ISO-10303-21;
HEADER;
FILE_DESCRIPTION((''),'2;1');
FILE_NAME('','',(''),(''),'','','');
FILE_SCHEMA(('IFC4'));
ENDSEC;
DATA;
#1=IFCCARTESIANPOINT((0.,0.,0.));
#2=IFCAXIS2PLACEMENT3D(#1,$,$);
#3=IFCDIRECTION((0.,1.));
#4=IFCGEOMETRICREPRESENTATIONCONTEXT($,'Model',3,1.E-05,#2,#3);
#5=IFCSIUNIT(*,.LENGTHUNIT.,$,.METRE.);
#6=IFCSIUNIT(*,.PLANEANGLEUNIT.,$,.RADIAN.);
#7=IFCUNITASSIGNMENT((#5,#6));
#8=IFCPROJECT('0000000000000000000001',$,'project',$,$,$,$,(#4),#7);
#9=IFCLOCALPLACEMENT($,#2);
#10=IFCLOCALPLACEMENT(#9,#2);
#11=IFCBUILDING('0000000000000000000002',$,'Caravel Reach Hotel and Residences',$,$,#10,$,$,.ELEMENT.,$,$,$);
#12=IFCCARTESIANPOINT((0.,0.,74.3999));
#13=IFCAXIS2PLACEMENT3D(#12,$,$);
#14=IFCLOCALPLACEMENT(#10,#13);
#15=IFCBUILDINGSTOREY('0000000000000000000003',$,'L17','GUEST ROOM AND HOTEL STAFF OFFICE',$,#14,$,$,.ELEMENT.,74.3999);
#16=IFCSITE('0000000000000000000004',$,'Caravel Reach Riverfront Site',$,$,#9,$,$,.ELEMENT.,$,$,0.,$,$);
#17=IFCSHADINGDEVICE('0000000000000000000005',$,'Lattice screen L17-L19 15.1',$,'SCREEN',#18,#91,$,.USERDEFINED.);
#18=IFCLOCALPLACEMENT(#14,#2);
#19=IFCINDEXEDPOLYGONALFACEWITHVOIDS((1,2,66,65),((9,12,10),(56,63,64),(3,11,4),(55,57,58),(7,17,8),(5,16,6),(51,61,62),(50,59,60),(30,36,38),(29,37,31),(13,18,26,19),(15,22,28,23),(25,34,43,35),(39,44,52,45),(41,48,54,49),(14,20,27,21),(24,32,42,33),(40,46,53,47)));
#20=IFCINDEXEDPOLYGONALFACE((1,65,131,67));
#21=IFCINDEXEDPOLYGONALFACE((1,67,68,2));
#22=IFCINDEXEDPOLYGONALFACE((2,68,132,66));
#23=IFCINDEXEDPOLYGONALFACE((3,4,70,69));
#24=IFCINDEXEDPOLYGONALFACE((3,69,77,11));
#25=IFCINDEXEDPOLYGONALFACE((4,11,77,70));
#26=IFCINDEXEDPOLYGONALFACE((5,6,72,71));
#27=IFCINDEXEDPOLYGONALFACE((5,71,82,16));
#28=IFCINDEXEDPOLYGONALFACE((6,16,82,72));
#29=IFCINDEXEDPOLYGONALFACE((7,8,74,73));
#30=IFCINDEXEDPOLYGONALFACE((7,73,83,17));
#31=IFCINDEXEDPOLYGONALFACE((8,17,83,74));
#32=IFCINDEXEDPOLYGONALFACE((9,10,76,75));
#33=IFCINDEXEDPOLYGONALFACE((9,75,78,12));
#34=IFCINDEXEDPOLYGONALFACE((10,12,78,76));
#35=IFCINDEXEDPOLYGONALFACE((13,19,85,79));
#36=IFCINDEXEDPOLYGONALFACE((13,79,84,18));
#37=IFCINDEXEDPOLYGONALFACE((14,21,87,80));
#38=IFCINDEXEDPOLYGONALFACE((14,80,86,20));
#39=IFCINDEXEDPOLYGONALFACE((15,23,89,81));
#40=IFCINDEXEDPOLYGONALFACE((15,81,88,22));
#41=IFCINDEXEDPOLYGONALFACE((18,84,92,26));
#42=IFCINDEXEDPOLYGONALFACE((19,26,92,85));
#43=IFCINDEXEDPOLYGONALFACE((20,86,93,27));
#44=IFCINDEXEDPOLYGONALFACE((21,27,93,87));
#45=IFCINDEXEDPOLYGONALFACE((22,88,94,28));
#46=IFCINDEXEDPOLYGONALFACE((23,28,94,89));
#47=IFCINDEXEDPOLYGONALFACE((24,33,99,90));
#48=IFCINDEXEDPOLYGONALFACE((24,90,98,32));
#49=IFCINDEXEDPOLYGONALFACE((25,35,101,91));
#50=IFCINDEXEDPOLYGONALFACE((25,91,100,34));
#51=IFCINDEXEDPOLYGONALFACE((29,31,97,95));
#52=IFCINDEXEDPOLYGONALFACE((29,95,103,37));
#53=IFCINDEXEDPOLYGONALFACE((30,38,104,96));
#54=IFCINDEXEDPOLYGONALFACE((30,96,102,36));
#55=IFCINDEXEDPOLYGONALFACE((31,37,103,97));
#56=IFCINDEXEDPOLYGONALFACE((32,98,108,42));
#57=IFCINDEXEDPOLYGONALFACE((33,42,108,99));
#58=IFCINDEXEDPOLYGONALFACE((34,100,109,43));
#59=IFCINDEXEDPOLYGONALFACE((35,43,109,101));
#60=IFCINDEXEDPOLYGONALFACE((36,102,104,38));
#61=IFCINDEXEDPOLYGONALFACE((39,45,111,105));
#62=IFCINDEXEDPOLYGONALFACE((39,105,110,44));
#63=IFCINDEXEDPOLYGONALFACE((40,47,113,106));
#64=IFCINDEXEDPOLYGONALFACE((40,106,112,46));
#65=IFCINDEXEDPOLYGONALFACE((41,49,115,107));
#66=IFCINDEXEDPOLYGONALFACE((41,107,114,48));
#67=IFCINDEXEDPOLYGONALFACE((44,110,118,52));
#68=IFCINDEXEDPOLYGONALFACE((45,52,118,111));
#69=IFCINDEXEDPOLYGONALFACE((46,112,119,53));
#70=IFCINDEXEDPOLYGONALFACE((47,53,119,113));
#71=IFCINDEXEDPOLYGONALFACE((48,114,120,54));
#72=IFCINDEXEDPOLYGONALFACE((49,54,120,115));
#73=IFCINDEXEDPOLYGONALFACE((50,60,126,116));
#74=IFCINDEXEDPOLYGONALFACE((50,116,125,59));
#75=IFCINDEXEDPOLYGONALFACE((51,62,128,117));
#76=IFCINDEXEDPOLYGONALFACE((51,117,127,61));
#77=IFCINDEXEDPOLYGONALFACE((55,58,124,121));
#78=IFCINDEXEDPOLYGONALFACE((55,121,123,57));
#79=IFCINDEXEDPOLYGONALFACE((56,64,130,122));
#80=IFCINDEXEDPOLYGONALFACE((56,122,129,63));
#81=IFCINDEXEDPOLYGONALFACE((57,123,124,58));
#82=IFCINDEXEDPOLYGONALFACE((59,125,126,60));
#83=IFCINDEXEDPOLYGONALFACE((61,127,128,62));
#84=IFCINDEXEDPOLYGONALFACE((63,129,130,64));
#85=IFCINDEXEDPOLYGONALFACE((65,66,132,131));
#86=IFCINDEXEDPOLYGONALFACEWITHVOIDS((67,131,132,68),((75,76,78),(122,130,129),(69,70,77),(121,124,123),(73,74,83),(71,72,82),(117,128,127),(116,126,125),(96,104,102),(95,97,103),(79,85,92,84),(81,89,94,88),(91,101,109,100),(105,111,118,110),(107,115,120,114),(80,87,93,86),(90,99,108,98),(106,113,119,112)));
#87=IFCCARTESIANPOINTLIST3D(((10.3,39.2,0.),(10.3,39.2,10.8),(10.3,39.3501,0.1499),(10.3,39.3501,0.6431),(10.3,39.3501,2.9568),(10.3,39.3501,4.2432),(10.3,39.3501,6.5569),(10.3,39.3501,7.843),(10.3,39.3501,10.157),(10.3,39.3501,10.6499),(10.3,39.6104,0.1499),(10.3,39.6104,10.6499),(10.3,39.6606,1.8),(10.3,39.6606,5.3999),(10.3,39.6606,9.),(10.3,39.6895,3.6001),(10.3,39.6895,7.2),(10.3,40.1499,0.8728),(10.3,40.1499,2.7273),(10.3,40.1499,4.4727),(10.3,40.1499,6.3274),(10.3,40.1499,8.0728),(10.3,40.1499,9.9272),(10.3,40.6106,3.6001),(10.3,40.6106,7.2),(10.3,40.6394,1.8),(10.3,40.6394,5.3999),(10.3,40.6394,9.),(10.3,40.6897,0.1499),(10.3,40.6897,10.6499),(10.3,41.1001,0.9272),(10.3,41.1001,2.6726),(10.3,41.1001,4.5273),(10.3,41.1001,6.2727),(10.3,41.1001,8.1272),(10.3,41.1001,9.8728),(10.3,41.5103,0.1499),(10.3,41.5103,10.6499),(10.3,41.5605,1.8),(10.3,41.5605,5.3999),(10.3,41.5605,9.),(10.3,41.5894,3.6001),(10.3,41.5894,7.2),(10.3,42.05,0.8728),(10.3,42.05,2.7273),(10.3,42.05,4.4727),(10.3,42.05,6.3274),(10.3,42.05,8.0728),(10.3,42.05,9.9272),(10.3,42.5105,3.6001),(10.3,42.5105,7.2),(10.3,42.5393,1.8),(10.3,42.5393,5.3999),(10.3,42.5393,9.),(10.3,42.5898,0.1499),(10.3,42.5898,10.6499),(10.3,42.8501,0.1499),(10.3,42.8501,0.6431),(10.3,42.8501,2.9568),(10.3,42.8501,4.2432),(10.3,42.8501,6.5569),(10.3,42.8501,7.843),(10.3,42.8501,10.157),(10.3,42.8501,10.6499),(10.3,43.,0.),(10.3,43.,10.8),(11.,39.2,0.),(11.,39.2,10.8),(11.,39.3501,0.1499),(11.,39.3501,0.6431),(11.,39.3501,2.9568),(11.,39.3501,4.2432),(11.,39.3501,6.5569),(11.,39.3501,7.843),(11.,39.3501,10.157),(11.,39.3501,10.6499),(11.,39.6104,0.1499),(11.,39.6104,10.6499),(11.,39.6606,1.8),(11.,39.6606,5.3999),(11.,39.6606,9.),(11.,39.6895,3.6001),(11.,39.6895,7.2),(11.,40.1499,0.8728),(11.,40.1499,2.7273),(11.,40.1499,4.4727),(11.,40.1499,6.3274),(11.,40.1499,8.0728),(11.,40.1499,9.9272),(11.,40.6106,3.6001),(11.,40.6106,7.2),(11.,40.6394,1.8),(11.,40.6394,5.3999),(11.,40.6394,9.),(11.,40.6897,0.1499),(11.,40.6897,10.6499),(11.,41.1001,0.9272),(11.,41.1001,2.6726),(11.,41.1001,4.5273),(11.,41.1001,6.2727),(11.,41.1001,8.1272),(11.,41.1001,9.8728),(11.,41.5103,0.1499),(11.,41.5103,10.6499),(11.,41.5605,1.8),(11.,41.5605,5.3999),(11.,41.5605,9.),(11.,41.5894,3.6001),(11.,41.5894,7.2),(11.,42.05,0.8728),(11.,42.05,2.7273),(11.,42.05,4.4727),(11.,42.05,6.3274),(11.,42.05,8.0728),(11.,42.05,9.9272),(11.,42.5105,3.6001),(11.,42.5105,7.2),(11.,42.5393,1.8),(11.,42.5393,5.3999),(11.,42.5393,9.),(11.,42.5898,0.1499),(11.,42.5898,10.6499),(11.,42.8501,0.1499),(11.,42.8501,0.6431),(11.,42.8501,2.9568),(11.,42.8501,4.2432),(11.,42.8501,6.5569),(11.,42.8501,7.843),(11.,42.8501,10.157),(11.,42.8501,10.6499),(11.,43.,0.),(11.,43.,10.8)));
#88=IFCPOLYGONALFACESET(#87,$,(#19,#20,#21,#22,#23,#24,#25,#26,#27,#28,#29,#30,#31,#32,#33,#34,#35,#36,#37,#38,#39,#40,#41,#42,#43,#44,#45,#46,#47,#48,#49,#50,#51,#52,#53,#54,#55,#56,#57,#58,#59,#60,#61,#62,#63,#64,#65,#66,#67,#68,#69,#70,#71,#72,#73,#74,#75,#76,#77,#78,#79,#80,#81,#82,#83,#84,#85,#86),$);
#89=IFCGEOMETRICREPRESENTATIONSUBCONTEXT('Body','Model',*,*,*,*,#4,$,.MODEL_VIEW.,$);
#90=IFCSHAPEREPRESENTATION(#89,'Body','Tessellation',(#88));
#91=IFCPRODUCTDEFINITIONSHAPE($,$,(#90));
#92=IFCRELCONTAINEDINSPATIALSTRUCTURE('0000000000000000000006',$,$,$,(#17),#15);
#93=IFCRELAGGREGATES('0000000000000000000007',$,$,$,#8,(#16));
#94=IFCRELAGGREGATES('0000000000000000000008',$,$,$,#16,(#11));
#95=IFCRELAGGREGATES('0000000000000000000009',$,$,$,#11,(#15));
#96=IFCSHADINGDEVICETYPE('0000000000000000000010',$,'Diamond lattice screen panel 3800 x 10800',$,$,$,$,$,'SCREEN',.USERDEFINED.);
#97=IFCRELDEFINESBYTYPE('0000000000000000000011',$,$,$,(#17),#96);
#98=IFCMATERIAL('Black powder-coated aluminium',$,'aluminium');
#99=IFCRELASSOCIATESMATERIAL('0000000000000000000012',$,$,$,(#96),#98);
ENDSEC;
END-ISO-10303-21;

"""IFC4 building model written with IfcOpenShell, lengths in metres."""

from ifc_helpers import new_model, si_unit, direction, frame, origin, place, context, subcontext, project, spatial, polyline, outline, extrude, material, type_object, element, save


model = new_model("IFC4")

# Units and contexts
model_context = context("Model", 3, precision=1e-05, world=origin(), true_north=direction((0.0, 1.0)))
body_context = subcontext(model_context, "Body", "Model", "MODEL_VIEW")
ifc_project = project(units=[si_unit("LENGTHUNIT", "METRE"), si_unit("PLANEANGLEUNIT", "RADIAN")], contexts=[model_context])

# Site, building, storey
site_placement = place(None, origin())
site = spatial("IfcSite", under=ifc_project, at=site_placement, Name="Caravel Reach Riverfront Site", CompositionType="ELEMENT", RefElevation=0.0)
building_placement = place(site_placement, origin())
building = spatial("IfcBuilding", under=site, at=building_placement, Name="Caravel Reach Hotel and Residences", CompositionType="ELEMENT")
storey_placement = place(building_placement, frame((0.0, 0.0, 74.3999)))
storey = spatial("IfcBuildingStorey", under=building, at=storey_placement, Name="L17", Description="GUEST ROOM AND HOTEL STAFF OFFICE", CompositionType="ELEMENT", Elevation=74.3999)

# Shading device
ifc_material_1 = material(Name="Black powder-coated aluminium", Category="aluminium")
shading_device_type_1 = type_object("IfcShadingDeviceType", Name="Diamond lattice screen panel 3800 x 10800", ElementType="SCREEN", PredefinedType="USERDEFINED", material=ifc_material_1)
shading_device_1_placement = place(storey_placement, frame((11.0, 43.0, 0.0), z_axis=(-1.0, 0.0, 0.0), x_axis=(0.0, -1.0, 0.0)))
element("IfcShadingDevice", 1, at=shading_device_1_placement, inside=storey, type_object=shading_device_type_1, Name="Lattice screen L17-L19 15.1", ObjectType="SCREEN", PredefinedType="USERDEFINED", context=body_context, shape_type="SweptSolid", body=[
    extrude(outline(polyline([(0.0, 0.0), (3.8, 0.0), (3.8, 10.8), (0.0, 10.8), (0.0, 0.0)]), holes=[polyline([(0.4102, 0.1499), (0.1499, 0.6431), (0.1499, 0.1499), (0.4102, 0.1499)]), polyline([(0.4895, 3.6001), (0.1499, 4.2432), (0.1499, 2.9568), (0.4895, 3.6001)]), polyline([(0.4895, 7.2), (0.1499, 7.843), (0.1499, 6.5569), (0.4895, 7.2)]), polyline([(0.1499, 10.157), (0.4102, 10.6499), (0.1499, 10.6499), (0.1499, 10.157)]), polyline([(0.95, 2.7273), (0.4607, 1.8), (0.95, 0.8728), (1.4395, 1.8), (0.95, 2.7273)]), polyline([(0.95, 6.3274), (0.4607, 5.3999), (0.95, 4.4727), (1.4395, 5.3999), (0.95, 6.3274)]), polyline([(0.95, 9.9272), (0.4607, 9.0), (0.95, 8.0728), (1.4395, 9.0), (0.95, 9.9272)]), polyline([(1.8999, 0.9272), (1.4897, 0.1499), (2.3103, 0.1499), (1.8999, 0.9272)]), polyline([(1.8999, 4.5273), (1.4106, 3.6001), (1.8999, 2.6726), (2.3894, 3.6001), (1.8999, 4.5273)]), polyline([(1.8999, 8.1272), (1.4106, 7.2), (1.8999, 6.2727), (2.3894, 7.2), (1.8999, 8.1272)]), polyline([(1.8999, 9.8728), (2.3103, 10.6499), (1.4897, 10.6499), (1.8999, 9.8728)]), polyline([(2.8501, 2.7273), (2.3606, 1.8), (2.8501, 0.8728), (3.3394, 1.8), (2.8501, 2.7273)]), polyline([(2.8501, 6.3274), (2.3606, 5.3999), (2.8501, 4.4727), (3.3394, 5.3999), (2.8501, 6.3274)]), polyline([(2.8501, 9.9272), (2.3606, 9.0), (2.8501, 8.0728), (3.3394, 9.0), (2.8501, 9.9272)]), polyline([(3.6499, 0.6431), (3.3896, 0.1499), (3.6499, 0.1499), (3.6499, 0.6431)]), polyline([(3.3105, 3.6001), (3.6499, 2.9568), (3.6499, 4.2432), (3.3105, 3.6001)]), polyline([(3.3105, 7.2), (3.6499, 6.5569), (3.6499, 7.843), (3.3105, 7.2)]), polyline([(3.3896, 10.6499), (3.6499, 10.157), (3.6499, 10.6499), (3.3896, 10.6499)])]), origin(), (0.0, 0.0, 1.0), 0.7),
])

save(model, "model.ifc")
